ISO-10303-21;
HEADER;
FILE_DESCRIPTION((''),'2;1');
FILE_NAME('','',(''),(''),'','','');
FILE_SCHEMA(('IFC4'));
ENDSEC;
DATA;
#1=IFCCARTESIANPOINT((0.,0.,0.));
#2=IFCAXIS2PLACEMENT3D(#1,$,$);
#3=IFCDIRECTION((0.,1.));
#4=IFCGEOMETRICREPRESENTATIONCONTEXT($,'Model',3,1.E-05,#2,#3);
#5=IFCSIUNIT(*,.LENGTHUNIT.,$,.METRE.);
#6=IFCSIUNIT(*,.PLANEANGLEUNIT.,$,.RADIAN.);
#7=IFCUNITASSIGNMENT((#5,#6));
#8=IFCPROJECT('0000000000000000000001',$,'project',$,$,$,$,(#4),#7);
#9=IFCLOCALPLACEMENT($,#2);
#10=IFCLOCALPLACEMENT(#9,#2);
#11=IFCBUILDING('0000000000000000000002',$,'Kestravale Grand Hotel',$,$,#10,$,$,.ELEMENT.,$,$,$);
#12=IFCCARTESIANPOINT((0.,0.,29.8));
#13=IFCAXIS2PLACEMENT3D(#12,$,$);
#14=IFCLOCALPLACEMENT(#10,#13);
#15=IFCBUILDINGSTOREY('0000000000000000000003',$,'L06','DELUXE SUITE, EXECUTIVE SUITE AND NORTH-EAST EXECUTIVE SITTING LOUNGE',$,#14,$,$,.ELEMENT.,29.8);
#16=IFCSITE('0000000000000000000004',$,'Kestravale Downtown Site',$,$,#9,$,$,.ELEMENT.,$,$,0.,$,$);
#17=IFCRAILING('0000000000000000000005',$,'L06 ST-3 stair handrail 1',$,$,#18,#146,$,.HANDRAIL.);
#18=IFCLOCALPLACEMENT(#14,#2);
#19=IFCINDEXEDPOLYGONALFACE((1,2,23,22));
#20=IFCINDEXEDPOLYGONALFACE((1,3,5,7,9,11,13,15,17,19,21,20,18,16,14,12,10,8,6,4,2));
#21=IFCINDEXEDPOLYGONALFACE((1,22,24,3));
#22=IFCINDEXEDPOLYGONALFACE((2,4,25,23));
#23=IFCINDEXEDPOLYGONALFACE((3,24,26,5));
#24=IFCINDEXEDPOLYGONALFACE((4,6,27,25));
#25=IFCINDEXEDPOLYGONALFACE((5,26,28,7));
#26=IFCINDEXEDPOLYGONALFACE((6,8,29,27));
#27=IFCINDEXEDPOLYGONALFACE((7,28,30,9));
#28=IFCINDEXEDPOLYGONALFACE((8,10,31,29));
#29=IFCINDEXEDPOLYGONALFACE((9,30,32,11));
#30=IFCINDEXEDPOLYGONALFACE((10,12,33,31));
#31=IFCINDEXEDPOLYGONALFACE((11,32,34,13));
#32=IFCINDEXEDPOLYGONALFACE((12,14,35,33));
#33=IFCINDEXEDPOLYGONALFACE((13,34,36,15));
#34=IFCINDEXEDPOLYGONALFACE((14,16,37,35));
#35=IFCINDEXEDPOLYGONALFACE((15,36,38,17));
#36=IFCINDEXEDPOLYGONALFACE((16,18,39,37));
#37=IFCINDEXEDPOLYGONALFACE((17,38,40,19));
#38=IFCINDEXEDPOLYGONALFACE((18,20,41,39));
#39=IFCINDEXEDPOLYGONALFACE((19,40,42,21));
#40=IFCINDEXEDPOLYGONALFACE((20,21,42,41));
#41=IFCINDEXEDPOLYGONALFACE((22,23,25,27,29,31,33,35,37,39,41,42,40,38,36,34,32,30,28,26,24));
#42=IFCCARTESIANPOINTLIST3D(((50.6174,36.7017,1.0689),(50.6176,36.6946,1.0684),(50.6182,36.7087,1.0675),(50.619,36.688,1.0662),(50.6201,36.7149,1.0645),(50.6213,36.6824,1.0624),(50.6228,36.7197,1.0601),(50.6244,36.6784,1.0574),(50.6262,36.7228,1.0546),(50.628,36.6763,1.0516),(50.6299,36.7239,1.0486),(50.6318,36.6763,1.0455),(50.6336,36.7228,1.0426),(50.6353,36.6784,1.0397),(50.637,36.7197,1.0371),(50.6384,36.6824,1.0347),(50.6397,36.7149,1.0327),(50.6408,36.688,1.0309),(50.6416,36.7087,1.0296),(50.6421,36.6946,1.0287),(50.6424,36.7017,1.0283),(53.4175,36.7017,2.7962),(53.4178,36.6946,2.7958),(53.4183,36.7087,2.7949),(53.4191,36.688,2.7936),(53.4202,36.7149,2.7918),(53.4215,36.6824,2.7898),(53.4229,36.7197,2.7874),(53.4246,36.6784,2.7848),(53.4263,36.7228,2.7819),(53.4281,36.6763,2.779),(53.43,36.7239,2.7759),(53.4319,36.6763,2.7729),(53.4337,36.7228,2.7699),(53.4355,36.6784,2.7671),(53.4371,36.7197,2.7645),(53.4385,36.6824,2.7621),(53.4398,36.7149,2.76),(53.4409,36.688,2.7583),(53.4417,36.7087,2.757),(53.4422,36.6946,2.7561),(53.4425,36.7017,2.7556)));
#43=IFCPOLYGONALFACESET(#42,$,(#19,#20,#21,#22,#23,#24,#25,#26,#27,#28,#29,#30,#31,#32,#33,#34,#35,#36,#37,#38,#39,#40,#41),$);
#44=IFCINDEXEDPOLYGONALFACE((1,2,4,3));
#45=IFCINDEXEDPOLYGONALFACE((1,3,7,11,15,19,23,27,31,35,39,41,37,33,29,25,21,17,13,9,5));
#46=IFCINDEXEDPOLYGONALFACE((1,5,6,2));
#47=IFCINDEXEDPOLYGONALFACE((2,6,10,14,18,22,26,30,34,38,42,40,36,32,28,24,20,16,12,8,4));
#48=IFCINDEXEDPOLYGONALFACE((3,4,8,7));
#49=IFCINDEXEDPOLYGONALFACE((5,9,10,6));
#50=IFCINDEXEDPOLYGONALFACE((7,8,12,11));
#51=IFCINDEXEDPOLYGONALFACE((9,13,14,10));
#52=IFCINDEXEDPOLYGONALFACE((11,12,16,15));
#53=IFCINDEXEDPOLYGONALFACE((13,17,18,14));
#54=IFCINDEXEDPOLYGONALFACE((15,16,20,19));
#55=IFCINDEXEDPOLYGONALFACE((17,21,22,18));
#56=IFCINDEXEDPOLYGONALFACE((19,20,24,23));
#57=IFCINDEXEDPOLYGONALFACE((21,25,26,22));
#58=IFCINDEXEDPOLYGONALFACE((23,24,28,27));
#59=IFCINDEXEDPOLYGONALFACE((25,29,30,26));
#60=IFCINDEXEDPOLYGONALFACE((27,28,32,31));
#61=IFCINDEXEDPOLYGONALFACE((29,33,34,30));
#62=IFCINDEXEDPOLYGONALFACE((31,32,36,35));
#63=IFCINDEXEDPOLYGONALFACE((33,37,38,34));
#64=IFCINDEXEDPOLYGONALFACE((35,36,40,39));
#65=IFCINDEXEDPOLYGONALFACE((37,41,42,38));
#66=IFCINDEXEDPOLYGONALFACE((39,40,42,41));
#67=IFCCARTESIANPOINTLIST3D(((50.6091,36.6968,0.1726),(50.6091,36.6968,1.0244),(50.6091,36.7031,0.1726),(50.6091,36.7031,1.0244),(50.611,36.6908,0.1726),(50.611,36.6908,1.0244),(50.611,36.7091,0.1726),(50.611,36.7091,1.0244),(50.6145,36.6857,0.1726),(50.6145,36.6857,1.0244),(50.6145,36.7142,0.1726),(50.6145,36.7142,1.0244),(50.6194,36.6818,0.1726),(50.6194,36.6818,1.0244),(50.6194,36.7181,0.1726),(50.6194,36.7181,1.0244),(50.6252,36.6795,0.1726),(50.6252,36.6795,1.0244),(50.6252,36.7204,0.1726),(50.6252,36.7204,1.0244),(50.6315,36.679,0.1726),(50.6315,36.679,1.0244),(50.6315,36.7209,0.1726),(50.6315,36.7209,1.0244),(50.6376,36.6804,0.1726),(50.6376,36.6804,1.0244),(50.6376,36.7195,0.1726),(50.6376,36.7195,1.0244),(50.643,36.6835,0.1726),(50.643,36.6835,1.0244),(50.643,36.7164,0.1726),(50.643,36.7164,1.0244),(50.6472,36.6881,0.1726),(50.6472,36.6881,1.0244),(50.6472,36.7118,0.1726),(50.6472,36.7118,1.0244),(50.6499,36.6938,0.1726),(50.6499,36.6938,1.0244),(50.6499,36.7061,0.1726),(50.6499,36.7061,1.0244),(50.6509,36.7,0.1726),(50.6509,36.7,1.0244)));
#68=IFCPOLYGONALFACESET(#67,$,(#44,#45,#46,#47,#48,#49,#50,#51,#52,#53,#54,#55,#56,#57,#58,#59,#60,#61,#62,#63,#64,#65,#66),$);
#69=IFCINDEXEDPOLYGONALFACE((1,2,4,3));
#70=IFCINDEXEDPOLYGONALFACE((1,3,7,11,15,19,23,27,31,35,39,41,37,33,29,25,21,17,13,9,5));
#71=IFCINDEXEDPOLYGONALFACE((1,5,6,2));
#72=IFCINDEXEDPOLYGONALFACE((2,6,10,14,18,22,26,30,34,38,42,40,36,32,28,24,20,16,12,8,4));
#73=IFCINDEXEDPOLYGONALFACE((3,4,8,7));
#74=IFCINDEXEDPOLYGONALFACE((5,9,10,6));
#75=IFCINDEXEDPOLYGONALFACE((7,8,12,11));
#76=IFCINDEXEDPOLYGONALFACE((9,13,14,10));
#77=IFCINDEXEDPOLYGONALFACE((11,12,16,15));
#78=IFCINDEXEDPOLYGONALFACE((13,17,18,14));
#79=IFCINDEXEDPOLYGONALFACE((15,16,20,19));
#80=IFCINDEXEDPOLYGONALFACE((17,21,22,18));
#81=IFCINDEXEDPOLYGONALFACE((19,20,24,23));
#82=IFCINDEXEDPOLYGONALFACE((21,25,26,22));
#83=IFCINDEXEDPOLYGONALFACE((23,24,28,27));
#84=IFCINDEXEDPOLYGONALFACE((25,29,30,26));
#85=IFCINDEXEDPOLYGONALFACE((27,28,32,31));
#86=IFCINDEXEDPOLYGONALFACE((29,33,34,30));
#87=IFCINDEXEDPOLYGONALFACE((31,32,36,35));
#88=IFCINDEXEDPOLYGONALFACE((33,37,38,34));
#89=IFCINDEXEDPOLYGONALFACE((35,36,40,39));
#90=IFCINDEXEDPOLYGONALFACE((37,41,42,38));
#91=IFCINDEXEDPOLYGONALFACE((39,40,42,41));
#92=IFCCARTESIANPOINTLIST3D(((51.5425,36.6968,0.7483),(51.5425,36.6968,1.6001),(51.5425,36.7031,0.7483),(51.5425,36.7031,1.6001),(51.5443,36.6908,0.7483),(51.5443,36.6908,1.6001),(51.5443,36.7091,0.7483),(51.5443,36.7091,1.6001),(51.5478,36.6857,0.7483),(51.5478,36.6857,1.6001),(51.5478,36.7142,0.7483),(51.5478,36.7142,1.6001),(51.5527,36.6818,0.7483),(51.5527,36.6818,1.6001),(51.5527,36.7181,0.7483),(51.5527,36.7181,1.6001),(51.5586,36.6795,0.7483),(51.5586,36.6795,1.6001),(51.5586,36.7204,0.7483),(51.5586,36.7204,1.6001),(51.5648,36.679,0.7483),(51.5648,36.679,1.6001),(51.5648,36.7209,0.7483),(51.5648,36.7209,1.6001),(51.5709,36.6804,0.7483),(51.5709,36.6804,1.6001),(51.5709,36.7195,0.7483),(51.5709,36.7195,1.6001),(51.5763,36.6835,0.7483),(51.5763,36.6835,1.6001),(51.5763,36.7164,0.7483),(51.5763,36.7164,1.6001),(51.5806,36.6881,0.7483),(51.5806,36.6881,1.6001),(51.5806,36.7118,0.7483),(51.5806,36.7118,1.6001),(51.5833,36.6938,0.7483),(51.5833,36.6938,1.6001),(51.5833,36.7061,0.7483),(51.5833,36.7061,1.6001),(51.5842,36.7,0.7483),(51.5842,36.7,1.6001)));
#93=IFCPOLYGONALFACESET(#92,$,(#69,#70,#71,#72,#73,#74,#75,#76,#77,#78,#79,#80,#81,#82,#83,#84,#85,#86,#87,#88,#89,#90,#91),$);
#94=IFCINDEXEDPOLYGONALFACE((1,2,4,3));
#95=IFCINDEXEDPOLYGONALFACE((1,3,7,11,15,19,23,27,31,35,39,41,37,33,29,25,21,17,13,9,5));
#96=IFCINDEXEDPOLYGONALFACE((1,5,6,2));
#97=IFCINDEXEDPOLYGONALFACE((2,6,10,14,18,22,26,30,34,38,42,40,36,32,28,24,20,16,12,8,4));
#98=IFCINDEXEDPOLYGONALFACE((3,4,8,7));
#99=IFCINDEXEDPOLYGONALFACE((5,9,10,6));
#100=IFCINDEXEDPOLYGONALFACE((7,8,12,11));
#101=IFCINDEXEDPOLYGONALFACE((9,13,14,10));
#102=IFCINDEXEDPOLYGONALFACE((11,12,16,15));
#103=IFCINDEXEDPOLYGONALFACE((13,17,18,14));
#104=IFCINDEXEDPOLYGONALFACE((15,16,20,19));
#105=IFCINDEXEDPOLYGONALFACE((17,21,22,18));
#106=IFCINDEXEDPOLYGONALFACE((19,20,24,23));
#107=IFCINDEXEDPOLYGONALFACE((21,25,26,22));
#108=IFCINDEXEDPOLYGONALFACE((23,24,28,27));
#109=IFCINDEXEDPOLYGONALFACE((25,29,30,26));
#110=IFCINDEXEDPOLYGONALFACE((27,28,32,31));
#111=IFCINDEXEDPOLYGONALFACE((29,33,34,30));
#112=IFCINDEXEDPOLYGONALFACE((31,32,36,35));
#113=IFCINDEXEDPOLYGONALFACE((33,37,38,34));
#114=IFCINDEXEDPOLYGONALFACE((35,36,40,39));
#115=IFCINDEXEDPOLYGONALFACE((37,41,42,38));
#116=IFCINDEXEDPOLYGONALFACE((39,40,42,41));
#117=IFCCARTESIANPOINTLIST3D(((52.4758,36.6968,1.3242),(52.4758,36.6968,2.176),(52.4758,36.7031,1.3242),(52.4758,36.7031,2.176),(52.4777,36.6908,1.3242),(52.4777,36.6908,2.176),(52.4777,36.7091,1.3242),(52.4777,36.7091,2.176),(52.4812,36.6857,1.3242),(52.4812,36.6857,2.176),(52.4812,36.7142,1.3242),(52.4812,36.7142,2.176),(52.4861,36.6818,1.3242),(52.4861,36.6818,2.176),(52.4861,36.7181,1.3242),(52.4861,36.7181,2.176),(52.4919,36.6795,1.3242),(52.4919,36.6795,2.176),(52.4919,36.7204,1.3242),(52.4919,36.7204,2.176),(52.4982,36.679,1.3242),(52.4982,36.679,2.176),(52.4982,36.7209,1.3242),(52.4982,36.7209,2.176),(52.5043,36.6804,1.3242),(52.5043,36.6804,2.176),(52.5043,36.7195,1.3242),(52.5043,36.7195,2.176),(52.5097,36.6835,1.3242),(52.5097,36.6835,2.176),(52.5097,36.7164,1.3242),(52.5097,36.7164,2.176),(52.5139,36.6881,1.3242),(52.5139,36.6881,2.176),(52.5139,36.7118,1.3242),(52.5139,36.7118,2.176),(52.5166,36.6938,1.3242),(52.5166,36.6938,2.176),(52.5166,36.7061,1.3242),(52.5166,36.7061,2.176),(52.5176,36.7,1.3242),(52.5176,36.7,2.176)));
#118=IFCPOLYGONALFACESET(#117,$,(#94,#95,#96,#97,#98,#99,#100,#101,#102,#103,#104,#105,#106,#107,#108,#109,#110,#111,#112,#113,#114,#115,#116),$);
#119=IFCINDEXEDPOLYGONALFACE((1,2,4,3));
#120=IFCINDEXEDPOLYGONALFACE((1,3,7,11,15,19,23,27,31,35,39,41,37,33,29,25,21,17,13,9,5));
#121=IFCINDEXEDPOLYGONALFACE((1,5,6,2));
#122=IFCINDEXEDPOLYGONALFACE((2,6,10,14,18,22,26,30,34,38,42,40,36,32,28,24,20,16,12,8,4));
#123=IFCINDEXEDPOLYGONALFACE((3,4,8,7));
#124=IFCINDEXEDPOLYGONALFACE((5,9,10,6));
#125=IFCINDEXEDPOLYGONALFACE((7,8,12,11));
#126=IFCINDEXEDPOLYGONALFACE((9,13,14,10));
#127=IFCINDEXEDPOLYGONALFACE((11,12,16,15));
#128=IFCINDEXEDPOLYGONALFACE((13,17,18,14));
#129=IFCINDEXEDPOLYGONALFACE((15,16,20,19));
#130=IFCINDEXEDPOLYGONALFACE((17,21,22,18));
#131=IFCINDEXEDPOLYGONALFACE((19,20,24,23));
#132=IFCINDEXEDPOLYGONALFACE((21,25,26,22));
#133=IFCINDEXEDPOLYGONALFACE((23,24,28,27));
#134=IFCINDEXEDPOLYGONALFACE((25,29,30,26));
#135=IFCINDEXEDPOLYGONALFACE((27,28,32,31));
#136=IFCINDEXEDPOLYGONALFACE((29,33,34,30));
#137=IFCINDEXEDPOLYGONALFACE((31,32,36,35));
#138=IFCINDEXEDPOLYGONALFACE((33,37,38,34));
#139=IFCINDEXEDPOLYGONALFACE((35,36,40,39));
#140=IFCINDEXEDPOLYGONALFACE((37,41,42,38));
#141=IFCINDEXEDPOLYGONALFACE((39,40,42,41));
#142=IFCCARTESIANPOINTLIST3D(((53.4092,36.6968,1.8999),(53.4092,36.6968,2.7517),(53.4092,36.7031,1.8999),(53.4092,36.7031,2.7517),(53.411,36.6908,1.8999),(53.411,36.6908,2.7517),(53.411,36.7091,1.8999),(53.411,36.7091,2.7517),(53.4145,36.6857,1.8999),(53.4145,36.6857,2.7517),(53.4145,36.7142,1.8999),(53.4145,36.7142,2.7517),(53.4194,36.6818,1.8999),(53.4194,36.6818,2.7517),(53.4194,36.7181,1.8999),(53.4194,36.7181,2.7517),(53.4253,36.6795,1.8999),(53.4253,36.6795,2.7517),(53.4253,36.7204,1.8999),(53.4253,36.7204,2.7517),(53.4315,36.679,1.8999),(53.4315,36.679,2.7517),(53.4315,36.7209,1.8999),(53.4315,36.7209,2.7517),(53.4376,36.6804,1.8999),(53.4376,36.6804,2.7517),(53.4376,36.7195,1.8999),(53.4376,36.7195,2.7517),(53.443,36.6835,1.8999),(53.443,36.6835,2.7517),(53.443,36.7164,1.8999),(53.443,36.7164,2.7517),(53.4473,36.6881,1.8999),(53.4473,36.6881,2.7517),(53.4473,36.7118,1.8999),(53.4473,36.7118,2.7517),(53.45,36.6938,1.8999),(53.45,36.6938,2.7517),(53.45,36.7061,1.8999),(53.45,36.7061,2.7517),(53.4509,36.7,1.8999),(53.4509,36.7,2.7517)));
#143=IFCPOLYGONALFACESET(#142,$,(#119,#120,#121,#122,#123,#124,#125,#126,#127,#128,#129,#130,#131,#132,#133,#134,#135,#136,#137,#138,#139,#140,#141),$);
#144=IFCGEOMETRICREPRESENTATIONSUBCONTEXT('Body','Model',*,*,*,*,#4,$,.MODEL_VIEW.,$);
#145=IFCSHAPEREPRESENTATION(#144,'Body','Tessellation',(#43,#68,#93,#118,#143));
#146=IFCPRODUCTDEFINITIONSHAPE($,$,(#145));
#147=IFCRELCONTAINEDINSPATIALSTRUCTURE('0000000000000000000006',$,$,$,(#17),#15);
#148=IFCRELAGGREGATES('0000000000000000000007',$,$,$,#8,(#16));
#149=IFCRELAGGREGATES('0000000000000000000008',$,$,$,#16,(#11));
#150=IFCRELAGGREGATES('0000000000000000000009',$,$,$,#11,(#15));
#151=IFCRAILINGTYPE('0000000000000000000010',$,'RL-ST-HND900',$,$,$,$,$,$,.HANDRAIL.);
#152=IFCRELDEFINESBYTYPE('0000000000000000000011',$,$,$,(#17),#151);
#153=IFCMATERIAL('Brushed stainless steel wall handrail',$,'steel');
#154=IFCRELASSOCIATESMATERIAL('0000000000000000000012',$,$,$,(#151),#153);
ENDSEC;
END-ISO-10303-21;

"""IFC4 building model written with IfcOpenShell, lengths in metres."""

from ifc_helpers import new_model, si_unit, direction, frame, origin, origin_2d, place, context, subcontext, project, spatial, circle, extrude, material, type_object, element, save


model = new_model("IFC4")

# Units and contexts
model_context = context("Model", 3, precision=1e-05, world=origin(), true_north=direction((0.0, 1.0)))
body_context = subcontext(model_context, "Body", "Model", "MODEL_VIEW")
ifc_project = project(units=[si_unit("LENGTHUNIT", "METRE"), si_unit("PLANEANGLEUNIT", "RADIAN")], contexts=[model_context])

# Site, building, storey
site_placement = place(None, origin())
site = spatial("IfcSite", under=ifc_project, at=site_placement, Name="Kestravale Downtown Site", CompositionType="ELEMENT", RefElevation=0.0)
building_placement = place(site_placement, origin())
building = spatial("IfcBuilding", under=site, at=building_placement, Name="Kestravale Grand Hotel", CompositionType="ELEMENT")
storey_placement = place(building_placement, frame((0.0, 0.0, 29.8)))
storey = spatial("IfcBuildingStorey", under=building, at=storey_placement, Name="L06", Description="DELUXE SUITE, EXECUTIVE SUITE AND NORTH-EAST EXECUTIVE SITTING LOUNGE", CompositionType="ELEMENT", Elevation=29.8)

# Railing
ifc_material_1 = material(Name="Brushed stainless steel wall handrail", Category="steel")
railing_type_1 = type_object("IfcRailingType", Name="RL-ST-HND900", PredefinedType="HANDRAIL", material=ifc_material_1)
railing_1_placement = place(storey_placement, frame((50.6299, 36.7, 0.1726)))
element("IfcRailing", 1, at=railing_1_placement, inside=storey, type_object=railing_type_1, Name="L06 ST-3 stair handrail 1", PredefinedType="HANDRAIL", context=body_context, shape_type="SweptSolid", body=[
    extrude(circle(Radius=0.0239, at=origin_2d()), frame((0.0, 0.0, 0.876), z_axis=(0.85109, 0.0, 0.52502), x_axis=(0.0, 1.0, 0.0)), (0.0, 0.0, 1.0), 3.29),
    extrude(circle(Radius=0.021, at=origin_2d()), origin(), (0.0, 0.0, 1.0), 0.8518),
    extrude(circle(Radius=0.021, at=origin_2d()), frame((0.9333, 0.0, 0.5757)), (0.0, 0.0, 1.0), 0.8518),
    extrude(circle(Radius=0.021, at=origin_2d()), frame((1.8667, 0.0, 1.1516)), (0.0, 0.0, 1.0), 0.8518),
    extrude(circle(Radius=0.021, at=origin_2d()), frame((2.8, 0.0, 1.7273)), (0.0, 0.0, 1.0), 0.8518),
])

save(model, "model.ifc")
